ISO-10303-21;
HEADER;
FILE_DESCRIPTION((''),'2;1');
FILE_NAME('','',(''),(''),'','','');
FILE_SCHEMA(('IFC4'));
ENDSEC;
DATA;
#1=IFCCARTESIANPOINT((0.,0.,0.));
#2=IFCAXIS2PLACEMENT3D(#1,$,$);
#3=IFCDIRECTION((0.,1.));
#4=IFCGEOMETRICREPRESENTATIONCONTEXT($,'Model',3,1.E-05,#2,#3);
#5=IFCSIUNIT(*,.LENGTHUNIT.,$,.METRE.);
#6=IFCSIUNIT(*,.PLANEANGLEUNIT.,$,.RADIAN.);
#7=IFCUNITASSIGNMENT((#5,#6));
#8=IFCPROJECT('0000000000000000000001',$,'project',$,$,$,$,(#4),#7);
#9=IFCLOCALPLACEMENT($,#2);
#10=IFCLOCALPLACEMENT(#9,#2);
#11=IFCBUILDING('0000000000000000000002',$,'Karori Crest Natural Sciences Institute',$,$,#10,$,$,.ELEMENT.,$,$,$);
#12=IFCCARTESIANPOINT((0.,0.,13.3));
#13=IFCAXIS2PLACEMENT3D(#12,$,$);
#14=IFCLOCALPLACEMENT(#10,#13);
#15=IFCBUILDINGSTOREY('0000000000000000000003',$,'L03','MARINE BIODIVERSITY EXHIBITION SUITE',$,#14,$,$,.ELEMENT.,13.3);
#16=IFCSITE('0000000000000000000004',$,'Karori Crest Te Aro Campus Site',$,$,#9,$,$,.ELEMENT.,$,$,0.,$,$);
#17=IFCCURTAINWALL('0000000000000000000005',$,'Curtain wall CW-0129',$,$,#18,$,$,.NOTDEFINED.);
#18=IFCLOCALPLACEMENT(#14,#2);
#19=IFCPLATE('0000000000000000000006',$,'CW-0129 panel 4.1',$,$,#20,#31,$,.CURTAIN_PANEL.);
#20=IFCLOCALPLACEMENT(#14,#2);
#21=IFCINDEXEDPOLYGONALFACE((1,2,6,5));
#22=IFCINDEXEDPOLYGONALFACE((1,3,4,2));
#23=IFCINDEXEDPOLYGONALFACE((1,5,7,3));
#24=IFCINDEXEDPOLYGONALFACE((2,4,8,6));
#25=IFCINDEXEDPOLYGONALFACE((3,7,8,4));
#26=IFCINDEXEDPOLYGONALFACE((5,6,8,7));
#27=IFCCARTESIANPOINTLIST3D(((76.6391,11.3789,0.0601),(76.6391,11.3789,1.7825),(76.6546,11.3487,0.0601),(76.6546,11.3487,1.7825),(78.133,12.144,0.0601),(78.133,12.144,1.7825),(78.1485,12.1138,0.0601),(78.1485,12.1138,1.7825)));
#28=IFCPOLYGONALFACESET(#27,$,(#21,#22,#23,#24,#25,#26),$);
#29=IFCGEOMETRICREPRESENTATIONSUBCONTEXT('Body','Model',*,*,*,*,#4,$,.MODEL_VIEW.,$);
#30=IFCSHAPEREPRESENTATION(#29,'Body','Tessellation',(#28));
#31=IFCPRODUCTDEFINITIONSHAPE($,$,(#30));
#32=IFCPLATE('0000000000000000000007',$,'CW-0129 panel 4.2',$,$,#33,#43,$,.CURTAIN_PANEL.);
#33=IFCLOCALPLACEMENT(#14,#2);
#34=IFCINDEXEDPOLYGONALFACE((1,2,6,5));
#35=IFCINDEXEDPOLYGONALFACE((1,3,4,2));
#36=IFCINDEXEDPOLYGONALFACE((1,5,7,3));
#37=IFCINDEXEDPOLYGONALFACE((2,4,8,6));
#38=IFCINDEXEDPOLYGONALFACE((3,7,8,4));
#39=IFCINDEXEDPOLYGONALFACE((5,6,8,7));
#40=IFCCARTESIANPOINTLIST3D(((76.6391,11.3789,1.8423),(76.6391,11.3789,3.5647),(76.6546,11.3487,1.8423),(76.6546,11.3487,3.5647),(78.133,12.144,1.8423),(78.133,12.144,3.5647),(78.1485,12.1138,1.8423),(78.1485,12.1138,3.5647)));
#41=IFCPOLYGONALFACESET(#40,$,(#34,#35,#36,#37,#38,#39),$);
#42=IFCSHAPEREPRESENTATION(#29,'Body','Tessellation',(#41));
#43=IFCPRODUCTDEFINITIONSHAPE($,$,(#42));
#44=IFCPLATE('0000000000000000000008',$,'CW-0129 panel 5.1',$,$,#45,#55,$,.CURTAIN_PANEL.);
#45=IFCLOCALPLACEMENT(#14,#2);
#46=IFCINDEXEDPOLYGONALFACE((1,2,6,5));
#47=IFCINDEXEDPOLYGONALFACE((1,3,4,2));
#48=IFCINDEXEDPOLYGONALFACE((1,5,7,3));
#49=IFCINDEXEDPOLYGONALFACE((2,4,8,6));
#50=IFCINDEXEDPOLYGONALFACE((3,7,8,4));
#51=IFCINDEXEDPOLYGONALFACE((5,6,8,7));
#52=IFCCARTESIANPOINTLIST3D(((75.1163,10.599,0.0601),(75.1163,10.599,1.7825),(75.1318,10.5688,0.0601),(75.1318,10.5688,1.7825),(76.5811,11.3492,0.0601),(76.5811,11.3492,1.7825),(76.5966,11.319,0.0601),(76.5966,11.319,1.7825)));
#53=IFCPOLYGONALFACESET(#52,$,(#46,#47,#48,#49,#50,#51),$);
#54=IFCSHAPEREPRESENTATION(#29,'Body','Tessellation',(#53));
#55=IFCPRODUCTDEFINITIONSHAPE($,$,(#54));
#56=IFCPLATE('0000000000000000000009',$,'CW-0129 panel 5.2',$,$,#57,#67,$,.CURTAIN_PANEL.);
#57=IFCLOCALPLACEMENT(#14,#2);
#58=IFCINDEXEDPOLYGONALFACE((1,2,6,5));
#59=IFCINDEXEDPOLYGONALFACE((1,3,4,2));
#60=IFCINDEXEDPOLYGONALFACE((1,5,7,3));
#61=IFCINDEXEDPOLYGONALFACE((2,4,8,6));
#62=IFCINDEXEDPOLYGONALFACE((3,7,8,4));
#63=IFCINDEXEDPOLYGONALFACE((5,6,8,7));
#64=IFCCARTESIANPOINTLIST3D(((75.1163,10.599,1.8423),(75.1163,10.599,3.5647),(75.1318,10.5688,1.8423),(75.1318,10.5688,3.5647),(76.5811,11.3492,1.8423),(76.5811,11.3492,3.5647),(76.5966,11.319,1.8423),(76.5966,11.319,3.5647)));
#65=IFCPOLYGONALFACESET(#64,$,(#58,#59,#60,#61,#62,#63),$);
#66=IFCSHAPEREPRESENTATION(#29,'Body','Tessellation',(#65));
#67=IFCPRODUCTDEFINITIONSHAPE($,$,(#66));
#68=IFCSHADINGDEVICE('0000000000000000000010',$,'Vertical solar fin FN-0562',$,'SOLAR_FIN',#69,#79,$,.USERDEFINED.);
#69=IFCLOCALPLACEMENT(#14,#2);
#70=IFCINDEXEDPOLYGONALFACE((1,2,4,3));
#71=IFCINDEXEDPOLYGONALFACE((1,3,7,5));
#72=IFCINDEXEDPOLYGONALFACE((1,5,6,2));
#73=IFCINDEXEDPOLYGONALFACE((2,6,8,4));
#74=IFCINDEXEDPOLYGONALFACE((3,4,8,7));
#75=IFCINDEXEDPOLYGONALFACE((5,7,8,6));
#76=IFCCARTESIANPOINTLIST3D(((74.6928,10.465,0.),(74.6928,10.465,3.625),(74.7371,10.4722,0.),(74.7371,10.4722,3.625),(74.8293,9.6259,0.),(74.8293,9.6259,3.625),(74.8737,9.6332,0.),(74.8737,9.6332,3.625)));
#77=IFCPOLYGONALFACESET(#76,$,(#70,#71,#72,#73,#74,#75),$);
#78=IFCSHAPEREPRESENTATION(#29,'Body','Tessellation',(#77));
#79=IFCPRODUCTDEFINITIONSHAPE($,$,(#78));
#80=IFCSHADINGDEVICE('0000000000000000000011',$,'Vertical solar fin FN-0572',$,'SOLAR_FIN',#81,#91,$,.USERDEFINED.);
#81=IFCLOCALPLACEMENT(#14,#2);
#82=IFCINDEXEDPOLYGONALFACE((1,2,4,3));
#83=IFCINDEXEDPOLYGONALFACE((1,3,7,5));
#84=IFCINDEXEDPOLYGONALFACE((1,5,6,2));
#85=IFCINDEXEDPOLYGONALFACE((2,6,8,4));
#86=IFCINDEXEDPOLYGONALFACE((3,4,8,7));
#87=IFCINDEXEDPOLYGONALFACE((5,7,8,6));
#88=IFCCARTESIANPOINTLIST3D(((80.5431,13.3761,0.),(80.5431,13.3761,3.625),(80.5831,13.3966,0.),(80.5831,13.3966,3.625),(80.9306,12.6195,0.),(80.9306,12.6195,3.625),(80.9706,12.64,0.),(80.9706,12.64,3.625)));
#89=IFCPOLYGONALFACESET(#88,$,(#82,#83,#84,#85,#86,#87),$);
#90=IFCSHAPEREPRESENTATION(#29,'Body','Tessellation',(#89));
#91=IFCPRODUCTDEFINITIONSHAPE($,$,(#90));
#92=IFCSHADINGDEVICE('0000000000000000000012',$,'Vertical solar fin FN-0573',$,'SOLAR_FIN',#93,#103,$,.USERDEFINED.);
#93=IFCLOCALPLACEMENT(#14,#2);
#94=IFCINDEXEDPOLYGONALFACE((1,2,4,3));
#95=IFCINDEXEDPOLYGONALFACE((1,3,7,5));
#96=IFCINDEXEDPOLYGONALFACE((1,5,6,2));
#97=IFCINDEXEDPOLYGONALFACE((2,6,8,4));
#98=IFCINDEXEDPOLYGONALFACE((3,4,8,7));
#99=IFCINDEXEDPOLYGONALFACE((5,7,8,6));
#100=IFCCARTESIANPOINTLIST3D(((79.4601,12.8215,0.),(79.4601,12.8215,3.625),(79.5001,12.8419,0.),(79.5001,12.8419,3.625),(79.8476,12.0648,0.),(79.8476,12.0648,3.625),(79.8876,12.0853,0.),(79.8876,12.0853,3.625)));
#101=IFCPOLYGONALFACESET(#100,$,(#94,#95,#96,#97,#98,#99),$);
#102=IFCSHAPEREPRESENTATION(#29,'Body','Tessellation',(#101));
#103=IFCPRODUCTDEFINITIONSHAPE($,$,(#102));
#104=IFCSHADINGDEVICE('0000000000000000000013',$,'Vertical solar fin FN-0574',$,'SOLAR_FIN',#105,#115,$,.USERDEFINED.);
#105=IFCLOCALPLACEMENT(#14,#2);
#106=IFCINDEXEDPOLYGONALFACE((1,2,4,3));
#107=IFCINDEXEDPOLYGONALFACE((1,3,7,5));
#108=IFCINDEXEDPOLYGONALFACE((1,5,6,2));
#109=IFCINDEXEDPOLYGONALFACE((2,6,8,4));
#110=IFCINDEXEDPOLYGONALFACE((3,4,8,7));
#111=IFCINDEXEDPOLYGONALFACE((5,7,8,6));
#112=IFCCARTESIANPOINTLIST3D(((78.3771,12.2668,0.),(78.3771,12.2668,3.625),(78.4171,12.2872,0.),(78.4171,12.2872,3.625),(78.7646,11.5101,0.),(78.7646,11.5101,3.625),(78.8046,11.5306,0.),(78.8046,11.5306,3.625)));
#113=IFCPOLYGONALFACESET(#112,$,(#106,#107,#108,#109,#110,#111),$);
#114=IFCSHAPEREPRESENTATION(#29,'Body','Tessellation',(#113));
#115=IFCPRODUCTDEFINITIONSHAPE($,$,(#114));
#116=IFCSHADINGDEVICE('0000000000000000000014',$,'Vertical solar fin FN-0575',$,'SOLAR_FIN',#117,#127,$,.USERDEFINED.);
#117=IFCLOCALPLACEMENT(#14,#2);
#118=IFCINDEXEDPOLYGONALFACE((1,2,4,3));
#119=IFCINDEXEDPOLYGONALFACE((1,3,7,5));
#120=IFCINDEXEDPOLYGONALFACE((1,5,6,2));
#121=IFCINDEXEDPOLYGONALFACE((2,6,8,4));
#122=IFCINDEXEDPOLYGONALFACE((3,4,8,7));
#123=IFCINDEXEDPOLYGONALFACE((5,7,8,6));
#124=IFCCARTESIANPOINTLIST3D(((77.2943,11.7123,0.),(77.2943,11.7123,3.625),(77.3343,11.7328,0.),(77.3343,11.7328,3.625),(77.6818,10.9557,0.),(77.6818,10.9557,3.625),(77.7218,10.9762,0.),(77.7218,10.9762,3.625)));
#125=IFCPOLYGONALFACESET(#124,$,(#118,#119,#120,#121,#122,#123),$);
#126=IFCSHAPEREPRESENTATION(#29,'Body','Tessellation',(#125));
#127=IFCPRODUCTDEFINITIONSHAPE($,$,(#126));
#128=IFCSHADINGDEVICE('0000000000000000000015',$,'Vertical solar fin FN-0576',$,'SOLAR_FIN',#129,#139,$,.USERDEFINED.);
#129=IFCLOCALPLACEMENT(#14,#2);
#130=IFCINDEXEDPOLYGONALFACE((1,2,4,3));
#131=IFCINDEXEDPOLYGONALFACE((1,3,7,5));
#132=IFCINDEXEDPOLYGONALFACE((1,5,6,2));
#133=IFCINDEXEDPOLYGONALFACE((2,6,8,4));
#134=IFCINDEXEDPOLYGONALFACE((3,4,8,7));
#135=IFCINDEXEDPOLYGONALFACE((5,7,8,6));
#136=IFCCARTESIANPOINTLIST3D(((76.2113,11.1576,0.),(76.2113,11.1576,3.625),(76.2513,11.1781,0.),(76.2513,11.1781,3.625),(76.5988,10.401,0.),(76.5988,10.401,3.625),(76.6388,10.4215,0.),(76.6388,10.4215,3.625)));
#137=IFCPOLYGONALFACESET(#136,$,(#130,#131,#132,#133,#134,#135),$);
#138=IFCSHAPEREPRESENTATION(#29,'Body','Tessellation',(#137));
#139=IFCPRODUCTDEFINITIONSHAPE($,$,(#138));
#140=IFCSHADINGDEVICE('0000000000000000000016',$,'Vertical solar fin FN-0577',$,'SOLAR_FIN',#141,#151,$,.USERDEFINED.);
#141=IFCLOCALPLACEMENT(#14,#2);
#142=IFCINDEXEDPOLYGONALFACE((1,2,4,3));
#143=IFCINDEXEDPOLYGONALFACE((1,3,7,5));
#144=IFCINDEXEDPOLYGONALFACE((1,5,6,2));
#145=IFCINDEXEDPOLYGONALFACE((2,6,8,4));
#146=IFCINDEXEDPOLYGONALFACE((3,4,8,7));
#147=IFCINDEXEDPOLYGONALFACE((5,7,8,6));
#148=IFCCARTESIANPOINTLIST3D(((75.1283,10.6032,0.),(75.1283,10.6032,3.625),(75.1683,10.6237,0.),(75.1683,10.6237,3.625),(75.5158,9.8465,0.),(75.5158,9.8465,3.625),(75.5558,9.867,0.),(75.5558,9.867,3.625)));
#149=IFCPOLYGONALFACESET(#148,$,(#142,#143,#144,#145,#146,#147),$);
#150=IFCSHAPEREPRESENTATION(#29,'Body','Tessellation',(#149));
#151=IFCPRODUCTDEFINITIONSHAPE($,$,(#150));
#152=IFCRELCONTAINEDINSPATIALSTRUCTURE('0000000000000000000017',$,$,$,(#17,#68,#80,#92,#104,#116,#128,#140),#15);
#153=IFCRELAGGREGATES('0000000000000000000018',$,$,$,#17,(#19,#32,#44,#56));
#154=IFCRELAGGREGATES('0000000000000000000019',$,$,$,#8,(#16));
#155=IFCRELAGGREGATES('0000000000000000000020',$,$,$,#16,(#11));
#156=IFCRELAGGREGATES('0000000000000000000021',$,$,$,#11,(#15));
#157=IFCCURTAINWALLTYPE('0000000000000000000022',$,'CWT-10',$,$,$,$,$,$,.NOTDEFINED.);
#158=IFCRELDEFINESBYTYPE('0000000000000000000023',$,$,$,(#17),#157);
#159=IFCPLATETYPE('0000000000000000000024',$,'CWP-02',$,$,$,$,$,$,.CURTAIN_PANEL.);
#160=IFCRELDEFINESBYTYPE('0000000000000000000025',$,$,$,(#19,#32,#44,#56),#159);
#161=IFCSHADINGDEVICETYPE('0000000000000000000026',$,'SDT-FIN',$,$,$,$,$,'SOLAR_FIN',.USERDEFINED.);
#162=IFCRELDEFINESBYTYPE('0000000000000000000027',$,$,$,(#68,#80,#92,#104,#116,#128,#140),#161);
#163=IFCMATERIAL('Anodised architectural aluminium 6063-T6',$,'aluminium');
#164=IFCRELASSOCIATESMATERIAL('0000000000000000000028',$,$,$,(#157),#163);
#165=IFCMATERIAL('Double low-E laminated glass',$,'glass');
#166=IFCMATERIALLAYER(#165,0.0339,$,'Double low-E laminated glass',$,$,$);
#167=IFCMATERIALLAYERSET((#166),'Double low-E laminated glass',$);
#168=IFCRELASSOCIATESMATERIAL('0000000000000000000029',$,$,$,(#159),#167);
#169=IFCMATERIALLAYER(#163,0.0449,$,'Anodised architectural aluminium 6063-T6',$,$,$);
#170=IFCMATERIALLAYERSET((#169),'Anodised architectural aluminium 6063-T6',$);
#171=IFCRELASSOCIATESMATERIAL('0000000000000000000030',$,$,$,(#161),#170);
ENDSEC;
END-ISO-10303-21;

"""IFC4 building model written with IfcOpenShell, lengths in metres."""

from ifc_helpers import new_model, si_unit, direction, frame, origin, origin_2d, place, context, subcontext, project, spatial, rectangle, extrude, material, layer, layer_set, type_object, element, aggregate, save


model = new_model("IFC4")

# Units and contexts
model_context = context("Model", 3, precision=1e-05, world=origin(), true_north=direction((0.0, 1.0)))
body_context = subcontext(model_context, "Body", "Model", "MODEL_VIEW")
ifc_project = project(units=[si_unit("LENGTHUNIT", "METRE"), si_unit("PLANEANGLEUNIT", "RADIAN")], contexts=[model_context])

# Site, building, storey
site_placement = place(None, origin())
site = spatial("IfcSite", under=ifc_project, at=site_placement, Name="Karori Crest Te Aro Campus Site", CompositionType="ELEMENT", RefElevation=0.0)
building_placement = place(site_placement, origin())
building = spatial("IfcBuilding", under=site, at=building_placement, Name="Karori Crest Natural Sciences Institute", CompositionType="ELEMENT")
storey_placement = place(building_placement, frame((0.0, 0.0, 13.3)))
storey = spatial("IfcBuildingStorey", under=building, at=storey_placement, Name="L03", Description="MARINE BIODIVERSITY EXHIBITION SUITE", CompositionType="ELEMENT", Elevation=13.3)

# Shared definitions
ifc_material_1 = material(Name="Anodised architectural aluminium 6063-T6", Category="aluminium")

# Curtain wall
curtain_wall_type_1 = type_object("IfcCurtainWallType", Name="CWT-10", PredefinedType="NOTDEFINED", material=ifc_material_1)
curtain_wall_1_placement = place(storey_placement, origin())
curtain_wall_1 = element("IfcCurtainWall", 1, at=curtain_wall_1_placement, inside=storey, type_object=curtain_wall_type_1, Name="Curtain wall CW-0129", PredefinedType="NOTDEFINED")

# Plates
ifc_material_2 = material(Name="Double low-E laminated glass", Category="glass")
ifc_layer_1 = layer(ifc_material_2, 0.0339, Name="Double low-E laminated glass")
ifc_layer_set_1 = layer_set([ifc_layer_1], Name="Double low-E laminated glass")
plate_type_1 = type_object("IfcPlateType", Name="CWP-02", PredefinedType="CURTAIN_PANEL", material=ifc_layer_set_1)
plate_1_placement = place(storey_placement, frame((77.3938, 11.7463, 0.0601), z_axis=(0.0, 0.0, 1.0), x_axis=(-0.890067, -0.455829, 0.0)))
plate_1 = element("IfcPlate", 2, at=plate_1_placement, type_object=plate_type_1, Name="CW-0129 panel 4.1", PredefinedType="CURTAIN_PANEL", context=body_context, shape_type="SweptSolid", body=[
    extrude(rectangle(XDim=1.6785, YDim=0.0339, at=origin_2d()), origin(), (0.0, 0.0, 1.0), 1.7224),
])
plate_2_placement = place(storey_placement, frame((77.3938, 11.7463, 1.8423), z_axis=(0.0, 0.0, 1.0), x_axis=(-0.890067, -0.455829, 0.0)))
plate_2 = element("IfcPlate", 3, at=plate_2_placement, type_object=plate_type_1, Name="CW-0129 panel 4.2", PredefinedType="CURTAIN_PANEL", context=body_context, shape_type="SweptSolid", body=[
    extrude(rectangle(XDim=1.6785, YDim=0.0339, at=origin_2d()), origin(), (0.0, 0.0, 1.0), 1.7224),
])
plate_3_placement = place(storey_placement, frame((75.8564, 10.959, 0.0601), z_axis=(0.0, 0.0, 1.0), x_axis=(-0.890067, -0.455829, 0.0)))
plate_3 = element("IfcPlate", 4, at=plate_3_placement, type_object=plate_type_1, Name="CW-0129 panel 5.1", PredefinedType="CURTAIN_PANEL", context=body_context, shape_type="SweptSolid", body=[
    extrude(rectangle(XDim=1.6458, YDim=0.0339, at=origin_2d()), origin(), (0.0, 0.0, 1.0), 1.7224),
])
plate_4_placement = place(storey_placement, frame((75.8564, 10.959, 1.8423), z_axis=(0.0, 0.0, 1.0), x_axis=(-0.890067, -0.455829, 0.0)))
plate_4 = element("IfcPlate", 5, at=plate_4_placement, type_object=plate_type_1, Name="CW-0129 panel 5.2", PredefinedType="CURTAIN_PANEL", context=body_context, shape_type="SweptSolid", body=[
    extrude(rectangle(XDim=1.6458, YDim=0.0339, at=origin_2d()), origin(), (0.0, 0.0, 1.0), 1.7224),
])
aggregate(curtain_wall_1, [plate_1, plate_2, plate_3, plate_4])

# Shading devices
ifc_layer_2 = layer(ifc_material_1, 0.0449, Name="Anodised architectural aluminium 6063-T6")
ifc_layer_set_2 = layer_set([ifc_layer_2], Name="Anodised architectural aluminium 6063-T6")
shading_device_type = type_object("IfcShadingDeviceType", Name="SDT-FIN", ElementType="SOLAR_FIN", PredefinedType="USERDEFINED", material=ifc_layer_set_2)
for number, where, z_axis, x_axis, name in (
    (6, (74.7832, 10.0491, 0.0), (0.0, 0.0, 1.0), (0.16065, -0.987012, 0.0), "Vertical solar fin FN-0562"),
    (7, (80.7568, 13.0081, 0.0), (0.0, 0.0, 1.0), (0.455829, -0.890067, 0.0), "Vertical solar fin FN-0572"),
    (8, (79.6738, 12.4534, 0.0), (0.0, 0.0, 1.0), (0.455829, -0.890067, 0.0), "Vertical solar fin FN-0573"),
    (9, (78.5908, 11.8987, 0.0), (0.0, 0.0, 1.0), (0.455829, -0.890067, 0.0), "Vertical solar fin FN-0574"),
    (10, (77.5081, 11.3442, 0.0), (0.0, 0.0, 1.0), (0.455829, -0.890067, 0.0), "Vertical solar fin FN-0575"),
    (11, (76.425, 10.7896, 0.0), (0.0, 0.0, 1.0), (0.455829, -0.890067, 0.0), "Vertical solar fin FN-0576"),
    (12, (75.342, 10.2351, 0.0), (0.0, 0.0, 1.0), (0.455829, -0.890067, 0.0), "Vertical solar fin FN-0577"),
):
    element("IfcShadingDevice", number, at=place(storey_placement, frame(where, z_axis=z_axis, x_axis=x_axis)), inside=storey, type_object=shading_device_type, Name=name, ObjectType="SOLAR_FIN", PredefinedType="USERDEFINED", context=body_context, shape_type="SweptSolid", body=[
        extrude(rectangle(XDim=0.8501, YDim=0.0449, at=origin_2d()), origin(), (0.0, 0.0, 1.0), 3.625),
    ])

save(model, "model.ifc")
